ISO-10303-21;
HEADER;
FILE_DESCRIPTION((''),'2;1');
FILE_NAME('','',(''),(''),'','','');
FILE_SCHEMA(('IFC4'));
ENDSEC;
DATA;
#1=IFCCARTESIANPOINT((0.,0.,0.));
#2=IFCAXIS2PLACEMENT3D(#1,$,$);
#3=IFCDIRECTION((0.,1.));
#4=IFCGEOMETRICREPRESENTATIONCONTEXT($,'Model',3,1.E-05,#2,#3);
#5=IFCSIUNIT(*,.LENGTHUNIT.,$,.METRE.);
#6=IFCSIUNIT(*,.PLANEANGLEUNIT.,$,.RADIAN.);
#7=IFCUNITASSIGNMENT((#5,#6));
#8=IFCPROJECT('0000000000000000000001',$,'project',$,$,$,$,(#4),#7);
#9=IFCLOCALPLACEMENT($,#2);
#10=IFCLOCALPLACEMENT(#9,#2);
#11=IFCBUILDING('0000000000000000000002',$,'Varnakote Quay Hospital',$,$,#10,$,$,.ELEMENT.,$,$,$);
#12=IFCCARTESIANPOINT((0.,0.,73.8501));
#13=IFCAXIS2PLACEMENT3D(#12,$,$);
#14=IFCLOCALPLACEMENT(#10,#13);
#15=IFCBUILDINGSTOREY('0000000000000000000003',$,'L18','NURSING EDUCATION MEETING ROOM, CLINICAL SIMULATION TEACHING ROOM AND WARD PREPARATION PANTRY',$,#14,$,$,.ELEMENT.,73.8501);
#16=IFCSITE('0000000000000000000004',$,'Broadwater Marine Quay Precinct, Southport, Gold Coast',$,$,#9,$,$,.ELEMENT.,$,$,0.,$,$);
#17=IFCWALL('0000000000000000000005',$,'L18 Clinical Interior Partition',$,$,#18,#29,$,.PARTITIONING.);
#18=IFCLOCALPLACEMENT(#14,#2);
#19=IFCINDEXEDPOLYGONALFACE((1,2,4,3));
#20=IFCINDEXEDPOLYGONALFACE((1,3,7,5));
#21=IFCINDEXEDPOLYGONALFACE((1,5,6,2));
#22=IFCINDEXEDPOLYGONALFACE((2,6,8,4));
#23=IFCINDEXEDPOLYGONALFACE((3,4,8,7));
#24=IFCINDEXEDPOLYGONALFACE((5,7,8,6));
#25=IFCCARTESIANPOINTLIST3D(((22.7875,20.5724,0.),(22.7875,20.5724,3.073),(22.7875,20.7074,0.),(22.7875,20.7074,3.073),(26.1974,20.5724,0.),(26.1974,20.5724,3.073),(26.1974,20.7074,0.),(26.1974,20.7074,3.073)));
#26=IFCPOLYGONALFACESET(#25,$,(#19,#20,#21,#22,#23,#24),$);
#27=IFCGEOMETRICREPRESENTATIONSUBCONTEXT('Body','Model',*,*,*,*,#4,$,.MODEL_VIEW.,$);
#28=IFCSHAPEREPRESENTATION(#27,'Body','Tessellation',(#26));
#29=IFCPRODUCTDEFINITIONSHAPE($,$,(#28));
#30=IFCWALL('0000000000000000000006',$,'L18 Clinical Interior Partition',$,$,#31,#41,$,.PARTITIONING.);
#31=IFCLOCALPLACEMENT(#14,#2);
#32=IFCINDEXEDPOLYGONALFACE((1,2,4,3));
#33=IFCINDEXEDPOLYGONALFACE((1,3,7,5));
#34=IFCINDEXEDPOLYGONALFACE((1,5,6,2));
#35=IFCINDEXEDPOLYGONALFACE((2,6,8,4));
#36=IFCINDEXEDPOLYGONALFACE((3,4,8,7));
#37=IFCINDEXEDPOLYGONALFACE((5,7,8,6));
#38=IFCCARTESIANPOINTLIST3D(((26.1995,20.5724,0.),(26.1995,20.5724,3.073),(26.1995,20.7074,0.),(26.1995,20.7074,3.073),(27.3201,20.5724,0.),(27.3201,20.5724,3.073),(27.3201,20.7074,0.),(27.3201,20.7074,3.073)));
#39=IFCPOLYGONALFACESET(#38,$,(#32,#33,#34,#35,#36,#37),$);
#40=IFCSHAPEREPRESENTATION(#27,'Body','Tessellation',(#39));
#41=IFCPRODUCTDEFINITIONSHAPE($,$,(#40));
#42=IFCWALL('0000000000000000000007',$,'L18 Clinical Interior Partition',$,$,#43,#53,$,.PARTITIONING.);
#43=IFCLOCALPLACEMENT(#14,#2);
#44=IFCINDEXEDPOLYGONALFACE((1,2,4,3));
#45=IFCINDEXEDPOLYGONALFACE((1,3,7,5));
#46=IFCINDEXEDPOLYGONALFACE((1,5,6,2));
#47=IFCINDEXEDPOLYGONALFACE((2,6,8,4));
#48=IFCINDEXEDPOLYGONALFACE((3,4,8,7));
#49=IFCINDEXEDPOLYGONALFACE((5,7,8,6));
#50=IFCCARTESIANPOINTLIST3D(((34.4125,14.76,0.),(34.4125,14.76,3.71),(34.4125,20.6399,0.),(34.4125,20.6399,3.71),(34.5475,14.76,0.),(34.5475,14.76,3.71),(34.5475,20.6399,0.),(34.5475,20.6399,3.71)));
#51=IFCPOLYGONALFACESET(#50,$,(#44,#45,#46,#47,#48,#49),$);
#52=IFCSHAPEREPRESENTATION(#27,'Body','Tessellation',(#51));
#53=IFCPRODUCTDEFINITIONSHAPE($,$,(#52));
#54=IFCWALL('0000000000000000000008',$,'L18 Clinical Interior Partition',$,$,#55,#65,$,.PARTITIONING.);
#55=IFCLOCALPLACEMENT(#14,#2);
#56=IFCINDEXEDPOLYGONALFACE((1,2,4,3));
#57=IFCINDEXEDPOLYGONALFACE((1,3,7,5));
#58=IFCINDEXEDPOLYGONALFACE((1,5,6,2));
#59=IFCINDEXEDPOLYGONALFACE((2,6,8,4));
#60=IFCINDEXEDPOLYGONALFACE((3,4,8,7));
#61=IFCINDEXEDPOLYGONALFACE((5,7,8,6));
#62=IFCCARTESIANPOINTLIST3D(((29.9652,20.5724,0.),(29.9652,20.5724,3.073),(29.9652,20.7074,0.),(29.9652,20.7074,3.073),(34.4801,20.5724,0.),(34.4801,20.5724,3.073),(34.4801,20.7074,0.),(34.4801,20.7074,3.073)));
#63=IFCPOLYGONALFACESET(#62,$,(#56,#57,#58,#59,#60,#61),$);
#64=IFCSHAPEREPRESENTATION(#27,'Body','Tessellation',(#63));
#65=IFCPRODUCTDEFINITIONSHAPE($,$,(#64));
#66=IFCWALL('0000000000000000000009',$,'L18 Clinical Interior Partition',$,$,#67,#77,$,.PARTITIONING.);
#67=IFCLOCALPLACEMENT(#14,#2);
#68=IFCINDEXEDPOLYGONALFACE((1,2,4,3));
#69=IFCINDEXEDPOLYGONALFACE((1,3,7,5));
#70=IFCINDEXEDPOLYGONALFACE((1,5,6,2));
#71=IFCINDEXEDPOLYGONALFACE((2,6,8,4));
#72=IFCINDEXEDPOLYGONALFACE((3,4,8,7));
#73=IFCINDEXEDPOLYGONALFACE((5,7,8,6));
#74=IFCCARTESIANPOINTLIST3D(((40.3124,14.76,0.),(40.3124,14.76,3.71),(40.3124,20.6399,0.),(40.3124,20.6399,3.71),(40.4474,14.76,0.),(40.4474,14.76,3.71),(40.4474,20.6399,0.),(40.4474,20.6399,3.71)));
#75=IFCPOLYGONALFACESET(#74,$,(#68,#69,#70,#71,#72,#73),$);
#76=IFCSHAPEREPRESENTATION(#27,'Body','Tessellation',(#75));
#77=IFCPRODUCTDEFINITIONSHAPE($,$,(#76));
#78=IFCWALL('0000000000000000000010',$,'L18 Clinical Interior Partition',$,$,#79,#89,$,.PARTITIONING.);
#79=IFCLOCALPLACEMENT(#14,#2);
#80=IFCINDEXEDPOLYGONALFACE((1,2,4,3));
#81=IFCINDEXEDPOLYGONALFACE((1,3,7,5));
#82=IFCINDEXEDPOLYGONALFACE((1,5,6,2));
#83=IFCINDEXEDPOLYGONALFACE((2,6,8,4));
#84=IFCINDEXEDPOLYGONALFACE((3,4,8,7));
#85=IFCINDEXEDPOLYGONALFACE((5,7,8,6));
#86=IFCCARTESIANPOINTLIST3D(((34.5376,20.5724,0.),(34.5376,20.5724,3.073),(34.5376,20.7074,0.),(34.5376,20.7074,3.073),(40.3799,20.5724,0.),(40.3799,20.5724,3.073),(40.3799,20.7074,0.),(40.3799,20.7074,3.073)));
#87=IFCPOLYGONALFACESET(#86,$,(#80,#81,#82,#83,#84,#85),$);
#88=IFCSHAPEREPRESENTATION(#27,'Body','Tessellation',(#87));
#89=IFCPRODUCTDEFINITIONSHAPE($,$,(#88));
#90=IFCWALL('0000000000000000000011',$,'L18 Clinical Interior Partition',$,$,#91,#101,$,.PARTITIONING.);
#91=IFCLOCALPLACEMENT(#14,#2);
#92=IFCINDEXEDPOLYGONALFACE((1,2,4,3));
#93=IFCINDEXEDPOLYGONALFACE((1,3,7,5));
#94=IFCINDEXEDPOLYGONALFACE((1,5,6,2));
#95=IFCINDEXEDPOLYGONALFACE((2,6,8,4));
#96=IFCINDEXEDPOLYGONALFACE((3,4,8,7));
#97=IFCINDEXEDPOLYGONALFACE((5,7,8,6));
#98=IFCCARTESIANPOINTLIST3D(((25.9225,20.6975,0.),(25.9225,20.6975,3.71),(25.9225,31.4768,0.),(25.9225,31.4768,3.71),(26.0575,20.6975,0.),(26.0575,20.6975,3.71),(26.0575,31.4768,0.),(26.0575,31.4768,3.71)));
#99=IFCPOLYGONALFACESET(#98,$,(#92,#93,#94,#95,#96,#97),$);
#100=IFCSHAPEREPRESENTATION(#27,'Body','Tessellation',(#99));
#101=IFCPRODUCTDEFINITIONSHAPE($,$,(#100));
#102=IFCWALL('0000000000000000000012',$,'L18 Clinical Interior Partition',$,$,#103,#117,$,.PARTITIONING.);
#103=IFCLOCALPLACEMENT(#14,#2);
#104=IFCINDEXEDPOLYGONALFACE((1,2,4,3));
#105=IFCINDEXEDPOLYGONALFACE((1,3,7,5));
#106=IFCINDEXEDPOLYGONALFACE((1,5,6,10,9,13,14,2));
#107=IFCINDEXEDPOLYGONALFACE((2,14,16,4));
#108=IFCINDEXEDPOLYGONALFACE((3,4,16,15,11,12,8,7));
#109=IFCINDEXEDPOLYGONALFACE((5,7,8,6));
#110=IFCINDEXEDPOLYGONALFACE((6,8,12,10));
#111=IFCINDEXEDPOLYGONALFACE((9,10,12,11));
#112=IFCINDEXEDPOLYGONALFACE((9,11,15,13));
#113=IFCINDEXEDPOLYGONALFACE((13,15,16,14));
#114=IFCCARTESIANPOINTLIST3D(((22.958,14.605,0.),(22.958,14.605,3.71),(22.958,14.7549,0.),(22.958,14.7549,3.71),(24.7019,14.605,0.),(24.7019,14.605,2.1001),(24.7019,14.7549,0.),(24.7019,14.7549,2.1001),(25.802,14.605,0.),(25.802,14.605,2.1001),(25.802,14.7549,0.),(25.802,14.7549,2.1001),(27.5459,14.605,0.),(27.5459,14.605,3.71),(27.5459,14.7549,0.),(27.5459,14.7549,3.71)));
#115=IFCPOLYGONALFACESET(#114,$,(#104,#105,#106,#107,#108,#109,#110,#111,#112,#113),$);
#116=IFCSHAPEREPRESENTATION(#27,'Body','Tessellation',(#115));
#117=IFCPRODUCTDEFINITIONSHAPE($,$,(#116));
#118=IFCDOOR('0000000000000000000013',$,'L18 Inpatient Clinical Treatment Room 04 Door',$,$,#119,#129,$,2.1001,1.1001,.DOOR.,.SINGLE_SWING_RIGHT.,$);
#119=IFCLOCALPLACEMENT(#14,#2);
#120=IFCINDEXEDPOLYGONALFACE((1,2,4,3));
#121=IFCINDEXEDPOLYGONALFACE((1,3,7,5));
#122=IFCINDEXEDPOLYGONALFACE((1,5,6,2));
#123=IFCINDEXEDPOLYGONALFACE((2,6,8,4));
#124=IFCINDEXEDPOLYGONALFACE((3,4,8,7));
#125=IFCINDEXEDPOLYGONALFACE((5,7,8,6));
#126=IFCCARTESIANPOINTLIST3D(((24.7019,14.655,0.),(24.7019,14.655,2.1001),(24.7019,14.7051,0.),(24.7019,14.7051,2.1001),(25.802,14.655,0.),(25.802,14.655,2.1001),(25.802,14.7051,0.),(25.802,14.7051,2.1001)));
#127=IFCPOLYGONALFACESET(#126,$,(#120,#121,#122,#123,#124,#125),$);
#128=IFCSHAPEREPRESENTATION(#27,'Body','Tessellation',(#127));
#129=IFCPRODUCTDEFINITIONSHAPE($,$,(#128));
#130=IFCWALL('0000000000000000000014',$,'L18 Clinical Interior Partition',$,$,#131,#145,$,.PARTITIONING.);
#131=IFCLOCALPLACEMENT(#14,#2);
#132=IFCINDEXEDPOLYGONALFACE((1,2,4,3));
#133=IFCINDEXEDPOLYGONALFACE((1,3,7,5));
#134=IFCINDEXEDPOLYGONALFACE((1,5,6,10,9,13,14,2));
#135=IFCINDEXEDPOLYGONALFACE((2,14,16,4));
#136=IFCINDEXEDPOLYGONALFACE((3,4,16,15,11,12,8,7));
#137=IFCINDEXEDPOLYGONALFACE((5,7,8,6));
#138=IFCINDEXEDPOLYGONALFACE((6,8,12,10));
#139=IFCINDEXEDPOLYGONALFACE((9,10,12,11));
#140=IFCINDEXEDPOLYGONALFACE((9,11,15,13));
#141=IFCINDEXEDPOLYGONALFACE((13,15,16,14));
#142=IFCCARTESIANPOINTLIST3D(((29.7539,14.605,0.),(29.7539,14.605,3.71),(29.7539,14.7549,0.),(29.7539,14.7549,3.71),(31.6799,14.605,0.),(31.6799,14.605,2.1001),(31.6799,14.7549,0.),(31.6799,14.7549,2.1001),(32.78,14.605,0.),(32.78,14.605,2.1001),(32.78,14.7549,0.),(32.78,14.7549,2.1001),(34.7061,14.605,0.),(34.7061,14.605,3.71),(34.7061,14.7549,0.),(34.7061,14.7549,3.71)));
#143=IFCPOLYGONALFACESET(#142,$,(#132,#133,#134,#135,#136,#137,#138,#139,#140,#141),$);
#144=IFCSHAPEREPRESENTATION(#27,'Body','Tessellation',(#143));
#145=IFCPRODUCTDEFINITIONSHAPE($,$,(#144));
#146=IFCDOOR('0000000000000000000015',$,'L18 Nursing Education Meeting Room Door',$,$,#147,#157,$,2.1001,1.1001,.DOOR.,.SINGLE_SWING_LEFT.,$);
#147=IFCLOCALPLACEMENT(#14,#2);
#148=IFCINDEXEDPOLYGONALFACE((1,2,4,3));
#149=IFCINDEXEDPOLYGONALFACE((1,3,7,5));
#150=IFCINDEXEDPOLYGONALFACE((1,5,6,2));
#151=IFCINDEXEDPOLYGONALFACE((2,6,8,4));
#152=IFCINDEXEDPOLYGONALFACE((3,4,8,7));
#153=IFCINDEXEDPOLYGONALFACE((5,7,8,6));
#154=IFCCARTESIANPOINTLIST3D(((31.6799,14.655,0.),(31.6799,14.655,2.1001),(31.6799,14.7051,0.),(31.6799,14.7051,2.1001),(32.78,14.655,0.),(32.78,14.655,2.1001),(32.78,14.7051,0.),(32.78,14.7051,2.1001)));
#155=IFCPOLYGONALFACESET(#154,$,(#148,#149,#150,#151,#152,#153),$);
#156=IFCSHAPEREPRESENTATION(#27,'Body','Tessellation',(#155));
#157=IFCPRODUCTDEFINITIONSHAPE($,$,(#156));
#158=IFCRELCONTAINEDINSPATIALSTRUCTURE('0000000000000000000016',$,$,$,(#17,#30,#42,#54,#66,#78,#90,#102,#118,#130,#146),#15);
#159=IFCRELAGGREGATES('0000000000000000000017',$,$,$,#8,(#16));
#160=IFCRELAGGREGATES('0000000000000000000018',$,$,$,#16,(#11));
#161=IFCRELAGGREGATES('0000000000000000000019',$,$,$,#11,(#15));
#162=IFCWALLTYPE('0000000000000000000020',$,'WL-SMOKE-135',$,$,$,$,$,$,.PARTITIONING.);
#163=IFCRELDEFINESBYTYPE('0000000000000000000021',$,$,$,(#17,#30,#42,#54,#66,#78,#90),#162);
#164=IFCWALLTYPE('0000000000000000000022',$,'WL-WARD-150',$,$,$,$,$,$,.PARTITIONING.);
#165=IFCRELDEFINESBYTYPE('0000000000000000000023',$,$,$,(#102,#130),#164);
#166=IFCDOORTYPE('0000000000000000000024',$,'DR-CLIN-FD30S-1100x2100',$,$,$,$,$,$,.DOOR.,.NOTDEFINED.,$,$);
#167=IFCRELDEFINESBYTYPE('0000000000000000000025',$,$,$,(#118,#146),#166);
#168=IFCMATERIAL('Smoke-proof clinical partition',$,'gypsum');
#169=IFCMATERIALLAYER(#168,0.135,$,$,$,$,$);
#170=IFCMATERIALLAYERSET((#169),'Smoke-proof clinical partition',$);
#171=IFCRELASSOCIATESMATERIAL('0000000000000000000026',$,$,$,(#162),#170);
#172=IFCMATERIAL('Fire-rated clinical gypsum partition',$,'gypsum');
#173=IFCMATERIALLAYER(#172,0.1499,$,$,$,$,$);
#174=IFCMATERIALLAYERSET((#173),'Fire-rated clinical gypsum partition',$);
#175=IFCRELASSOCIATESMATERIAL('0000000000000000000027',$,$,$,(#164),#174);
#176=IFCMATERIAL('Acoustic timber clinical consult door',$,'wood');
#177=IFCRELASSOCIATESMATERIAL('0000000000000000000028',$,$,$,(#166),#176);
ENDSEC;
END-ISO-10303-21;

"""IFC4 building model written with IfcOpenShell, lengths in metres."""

from ifc_helpers import new_model, si_unit, direction, frame, frame_2d, origin, place, context, subcontext, project, spatial, rectangle, extrude, material, layer, layer_set, type_object, element, fill, save


model = new_model("IFC4")

# Units and contexts
model_context = context("Model", 3, precision=1e-05, world=origin(), true_north=direction((0.0, 1.0)))
body_context = subcontext(model_context, "Body", "Model", "MODEL_VIEW")
ifc_project = project(units=[si_unit("LENGTHUNIT", "METRE"), si_unit("PLANEANGLEUNIT", "RADIAN")], contexts=[model_context])

# Site, building, storey
site_placement = place(None, origin())
site = spatial("IfcSite", under=ifc_project, at=site_placement, Name="Broadwater Marine Quay Precinct, Southport, Gold Coast", CompositionType="ELEMENT", RefElevation=0.0)
building_placement = place(site_placement, origin())
building = spatial("IfcBuilding", under=site, at=building_placement, Name="Varnakote Quay Hospital", CompositionType="ELEMENT")
storey_placement = place(building_placement, frame((0.0, 0.0, 73.8501)))
storey = spatial("IfcBuildingStorey", under=building, at=storey_placement, Name="L18", Description="NURSING EDUCATION MEETING ROOM, CLINICAL SIMULATION TEACHING ROOM AND WARD PREPARATION PANTRY", CompositionType="ELEMENT", Elevation=73.8501)

# Walls
ifc_material_1 = material(Name="Smoke-proof clinical partition", Category="gypsum")
ifc_layer_1 = layer(ifc_material_1, 0.135)
ifc_layer_set_1 = layer_set([ifc_layer_1], Name="Smoke-proof clinical partition")
wall_type_1 = type_object("IfcWallType", Name="WL-SMOKE-135", PredefinedType="PARTITIONING", material=ifc_layer_set_1)
wall_1_placement = place(storey_placement, frame((26.1975, 20.6399, 0.0), z_axis=(0.0, 0.0, 1.0), x_axis=(-1.0, 0.0, 0.0)))
element("IfcWall", 1, at=wall_1_placement, inside=storey, type_object=wall_type_1, Name="L18 Clinical Interior Partition", PredefinedType="PARTITIONING", context=body_context, shape_type="SweptSolid", body=[
    extrude(rectangle(XDim=3.4099, YDim=0.135, at=frame_2d((1.7051, 0.0))), origin(), (0.0, 0.0, 1.0), 3.073),
])
wall_2_placement = place(storey_placement, frame((27.3201, 20.6399, 0.0), z_axis=(0.0, 0.0, 1.0), x_axis=(-1.0, 0.0, 0.0)))
element("IfcWall", 2, at=wall_2_placement, inside=storey, type_object=wall_type_1, Name="L18 Clinical Interior Partition", PredefinedType="PARTITIONING", context=body_context, shape_type="SweptSolid", body=[
    extrude(rectangle(XDim=1.1206, YDim=0.135, at=frame_2d((0.5603, 0.0))), origin(), (0.0, 0.0, 1.0), 3.073),
])
wall_3_placement = place(storey_placement, frame((34.48, 14.76, 0.0), z_axis=(0.0, 0.0, 1.0), x_axis=(0.0, 1.0, 0.0)))
element("IfcWall", 3, at=wall_3_placement, inside=storey, type_object=wall_type_1, Name="L18 Clinical Interior Partition", PredefinedType="PARTITIONING", context=body_context, shape_type="SweptSolid", body=[
    extrude(rectangle(XDim=5.8799, YDim=0.135, at=frame_2d((2.9399, 0.0))), origin(), (0.0, 0.0, 1.0), 3.71),
])
wall_4_placement = place(storey_placement, frame((34.48, 20.6399, 0.0), z_axis=(0.0, 0.0, 1.0), x_axis=(-1.0, 0.0, 0.0)))
element("IfcWall", 4, at=wall_4_placement, inside=storey, type_object=wall_type_1, Name="L18 Clinical Interior Partition", PredefinedType="PARTITIONING", context=body_context, shape_type="SweptSolid", body=[
    extrude(rectangle(XDim=4.5149, YDim=0.135, at=frame_2d((2.2573, 0.0))), origin(), (0.0, 0.0, 1.0), 3.073),
])
wall_5_placement = place(storey_placement, frame((40.3799, 14.76, 0.0), z_axis=(0.0, 0.0, 1.0), x_axis=(0.0, 1.0, 0.0)))
element("IfcWall", 5, at=wall_5_placement, inside=storey, type_object=wall_type_1, Name="L18 Clinical Interior Partition", PredefinedType="PARTITIONING", context=body_context, shape_type="SweptSolid", body=[
    extrude(rectangle(XDim=5.8799, YDim=0.135, at=frame_2d((2.9399, 0.0))), origin(), (0.0, 0.0, 1.0), 3.71),
])
wall_6_placement = place(storey_placement, frame((40.3799, 20.6399, 0.0), z_axis=(0.0, 0.0, 1.0), x_axis=(-1.0, 0.0, 0.0)))
element("IfcWall", 6, at=wall_6_placement, inside=storey, type_object=wall_type_1, Name="L18 Clinical Interior Partition", PredefinedType="PARTITIONING", context=body_context, shape_type="SweptSolid", body=[
    extrude(rectangle(XDim=5.8423, YDim=0.135, at=frame_2d((2.9211, 0.0))), origin(), (0.0, 0.0, 1.0), 3.073),
])
wall_7_placement = place(storey_placement, frame((25.99, 20.6975, 0.0), z_axis=(0.0, 0.0, 1.0), x_axis=(0.0, 1.0, 0.0)))
element("IfcWall", 7, at=wall_7_placement, inside=storey, type_object=wall_type_1, Name="L18 Clinical Interior Partition", PredefinedType="PARTITIONING", context=body_context, shape_type="SweptSolid", body=[
    extrude(rectangle(XDim=10.7793, YDim=0.135, at=frame_2d((5.3896, 0.0))), origin(), (0.0, 0.0, 1.0), 3.71),
])

# Walls, openings, doors
ifc_material_2 = material(Name="Fire-rated clinical gypsum partition", Category="gypsum")
ifc_layer_2 = layer(ifc_material_2, 0.1499)
ifc_layer_set_2 = layer_set([ifc_layer_2], Name="Fire-rated clinical gypsum partition")
wall_type_2 = type_object("IfcWallType", Name="WL-WARD-150", PredefinedType="PARTITIONING", material=ifc_layer_set_2)
wall_8_placement = place(storey_placement, frame((27.5459, 14.6799, 0.0), z_axis=(0.0, 0.0, 1.0), x_axis=(-1.0, 0.0, 0.0)))
wall_8 = element("IfcWall", 8, at=wall_8_placement, inside=storey, type_object=wall_type_2, Name="L18 Clinical Interior Partition", PredefinedType="PARTITIONING", context=body_context, shape_type="SweptSolid", body=[
    extrude(rectangle(XDim=4.5879, YDim=0.1499, at=frame_2d((2.2939, 0.0))), origin(), (0.0, 0.0, 1.0), 3.71),
])
opening_1_placement = place(wall_8_placement, frame((1.7439, 0.0, 0.0)))
opening_1 = element("IfcOpeningElement", 9, at=opening_1_placement, cuts=wall_8, PredefinedType="OPENING", context=body_context, shape_type="SweptSolid", body=[
    extrude(rectangle(XDim=1.1001, YDim=2.1001, at=frame_2d((0.55, 1.05))), frame((0.0, 0.085, 0.0), z_axis=(0.0, -1.0, 0.0), x_axis=(1.0, 0.0, 0.0)), (0.0, 0.0, 1.0), 0.1699),
])
ifc_material_3 = material(Name="Acoustic timber clinical consult door", Category="wood")
door_type_1 = type_object("IfcDoorType", Name="DR-CLIN-FD30S-1100x2100", OperationType="NOTDEFINED", PredefinedType="DOOR", material=ifc_material_3)
door_1_placement = place(opening_1_placement, origin())
door_1 = element("IfcDoor", 10, at=door_1_placement, inside=storey, type_object=door_type_1, Name="L18 Inpatient Clinical Treatment Room 04 Door", OperationType="SINGLE_SWING_RIGHT", OverallHeight=2.1001, OverallWidth=1.1001, PredefinedType="DOOR", context=body_context, shape_type="SweptSolid", body=[
    extrude(rectangle(XDim=1.1001, YDim=2.1001, at=frame_2d((0.55, 1.05))), frame((0.0, 0.0249, 0.0), z_axis=(0.0, -1.0, 0.0), x_axis=(1.0, 0.0, 0.0)), (0.0, 0.0, 1.0), 0.05),
])
fill(opening_1, door_1)
wall_9_placement = place(storey_placement, frame((34.7061, 14.6799, 0.0), z_axis=(0.0, 0.0, 1.0), x_axis=(-1.0, 0.0, 0.0)))
wall_9 = element("IfcWall", 11, at=wall_9_placement, inside=storey, type_object=wall_type_2, Name="L18 Clinical Interior Partition", PredefinedType="PARTITIONING", context=body_context, shape_type="SweptSolid", body=[
    extrude(rectangle(XDim=4.9521, YDim=0.1499, at=frame_2d((2.4761, 0.0))), origin(), (0.0, 0.0, 1.0), 3.71),
])
opening_2_placement = place(wall_9_placement, frame((1.926, 0.0, 0.0)))
opening_2 = element("IfcOpeningElement", 12, at=opening_2_placement, cuts=wall_9, PredefinedType="OPENING", context=body_context, shape_type="SweptSolid", body=[
    extrude(rectangle(XDim=1.1001, YDim=2.1001, at=frame_2d((0.55, 1.05))), frame((0.0, 0.085, 0.0), z_axis=(0.0, -1.0, 0.0), x_axis=(1.0, 0.0, 0.0)), (0.0, 0.0, 1.0), 0.1699),
])
door_2_placement = place(opening_2_placement, origin())
door_2 = element("IfcDoor", 13, at=door_2_placement, inside=storey, type_object=door_type_1, Name="L18 Nursing Education Meeting Room Door", OperationType="SINGLE_SWING_LEFT", OverallHeight=2.1001, OverallWidth=1.1001, PredefinedType="DOOR", context=body_context, shape_type="SweptSolid", body=[
    extrude(rectangle(XDim=1.1001, YDim=2.1001, at=frame_2d((0.55, 1.05))), frame((0.0, 0.0249, 0.0), z_axis=(0.0, -1.0, 0.0), x_axis=(1.0, 0.0, 0.0)), (0.0, 0.0, 1.0), 0.05),
])
fill(opening_2, door_2)

save(model, "model.ifc")
